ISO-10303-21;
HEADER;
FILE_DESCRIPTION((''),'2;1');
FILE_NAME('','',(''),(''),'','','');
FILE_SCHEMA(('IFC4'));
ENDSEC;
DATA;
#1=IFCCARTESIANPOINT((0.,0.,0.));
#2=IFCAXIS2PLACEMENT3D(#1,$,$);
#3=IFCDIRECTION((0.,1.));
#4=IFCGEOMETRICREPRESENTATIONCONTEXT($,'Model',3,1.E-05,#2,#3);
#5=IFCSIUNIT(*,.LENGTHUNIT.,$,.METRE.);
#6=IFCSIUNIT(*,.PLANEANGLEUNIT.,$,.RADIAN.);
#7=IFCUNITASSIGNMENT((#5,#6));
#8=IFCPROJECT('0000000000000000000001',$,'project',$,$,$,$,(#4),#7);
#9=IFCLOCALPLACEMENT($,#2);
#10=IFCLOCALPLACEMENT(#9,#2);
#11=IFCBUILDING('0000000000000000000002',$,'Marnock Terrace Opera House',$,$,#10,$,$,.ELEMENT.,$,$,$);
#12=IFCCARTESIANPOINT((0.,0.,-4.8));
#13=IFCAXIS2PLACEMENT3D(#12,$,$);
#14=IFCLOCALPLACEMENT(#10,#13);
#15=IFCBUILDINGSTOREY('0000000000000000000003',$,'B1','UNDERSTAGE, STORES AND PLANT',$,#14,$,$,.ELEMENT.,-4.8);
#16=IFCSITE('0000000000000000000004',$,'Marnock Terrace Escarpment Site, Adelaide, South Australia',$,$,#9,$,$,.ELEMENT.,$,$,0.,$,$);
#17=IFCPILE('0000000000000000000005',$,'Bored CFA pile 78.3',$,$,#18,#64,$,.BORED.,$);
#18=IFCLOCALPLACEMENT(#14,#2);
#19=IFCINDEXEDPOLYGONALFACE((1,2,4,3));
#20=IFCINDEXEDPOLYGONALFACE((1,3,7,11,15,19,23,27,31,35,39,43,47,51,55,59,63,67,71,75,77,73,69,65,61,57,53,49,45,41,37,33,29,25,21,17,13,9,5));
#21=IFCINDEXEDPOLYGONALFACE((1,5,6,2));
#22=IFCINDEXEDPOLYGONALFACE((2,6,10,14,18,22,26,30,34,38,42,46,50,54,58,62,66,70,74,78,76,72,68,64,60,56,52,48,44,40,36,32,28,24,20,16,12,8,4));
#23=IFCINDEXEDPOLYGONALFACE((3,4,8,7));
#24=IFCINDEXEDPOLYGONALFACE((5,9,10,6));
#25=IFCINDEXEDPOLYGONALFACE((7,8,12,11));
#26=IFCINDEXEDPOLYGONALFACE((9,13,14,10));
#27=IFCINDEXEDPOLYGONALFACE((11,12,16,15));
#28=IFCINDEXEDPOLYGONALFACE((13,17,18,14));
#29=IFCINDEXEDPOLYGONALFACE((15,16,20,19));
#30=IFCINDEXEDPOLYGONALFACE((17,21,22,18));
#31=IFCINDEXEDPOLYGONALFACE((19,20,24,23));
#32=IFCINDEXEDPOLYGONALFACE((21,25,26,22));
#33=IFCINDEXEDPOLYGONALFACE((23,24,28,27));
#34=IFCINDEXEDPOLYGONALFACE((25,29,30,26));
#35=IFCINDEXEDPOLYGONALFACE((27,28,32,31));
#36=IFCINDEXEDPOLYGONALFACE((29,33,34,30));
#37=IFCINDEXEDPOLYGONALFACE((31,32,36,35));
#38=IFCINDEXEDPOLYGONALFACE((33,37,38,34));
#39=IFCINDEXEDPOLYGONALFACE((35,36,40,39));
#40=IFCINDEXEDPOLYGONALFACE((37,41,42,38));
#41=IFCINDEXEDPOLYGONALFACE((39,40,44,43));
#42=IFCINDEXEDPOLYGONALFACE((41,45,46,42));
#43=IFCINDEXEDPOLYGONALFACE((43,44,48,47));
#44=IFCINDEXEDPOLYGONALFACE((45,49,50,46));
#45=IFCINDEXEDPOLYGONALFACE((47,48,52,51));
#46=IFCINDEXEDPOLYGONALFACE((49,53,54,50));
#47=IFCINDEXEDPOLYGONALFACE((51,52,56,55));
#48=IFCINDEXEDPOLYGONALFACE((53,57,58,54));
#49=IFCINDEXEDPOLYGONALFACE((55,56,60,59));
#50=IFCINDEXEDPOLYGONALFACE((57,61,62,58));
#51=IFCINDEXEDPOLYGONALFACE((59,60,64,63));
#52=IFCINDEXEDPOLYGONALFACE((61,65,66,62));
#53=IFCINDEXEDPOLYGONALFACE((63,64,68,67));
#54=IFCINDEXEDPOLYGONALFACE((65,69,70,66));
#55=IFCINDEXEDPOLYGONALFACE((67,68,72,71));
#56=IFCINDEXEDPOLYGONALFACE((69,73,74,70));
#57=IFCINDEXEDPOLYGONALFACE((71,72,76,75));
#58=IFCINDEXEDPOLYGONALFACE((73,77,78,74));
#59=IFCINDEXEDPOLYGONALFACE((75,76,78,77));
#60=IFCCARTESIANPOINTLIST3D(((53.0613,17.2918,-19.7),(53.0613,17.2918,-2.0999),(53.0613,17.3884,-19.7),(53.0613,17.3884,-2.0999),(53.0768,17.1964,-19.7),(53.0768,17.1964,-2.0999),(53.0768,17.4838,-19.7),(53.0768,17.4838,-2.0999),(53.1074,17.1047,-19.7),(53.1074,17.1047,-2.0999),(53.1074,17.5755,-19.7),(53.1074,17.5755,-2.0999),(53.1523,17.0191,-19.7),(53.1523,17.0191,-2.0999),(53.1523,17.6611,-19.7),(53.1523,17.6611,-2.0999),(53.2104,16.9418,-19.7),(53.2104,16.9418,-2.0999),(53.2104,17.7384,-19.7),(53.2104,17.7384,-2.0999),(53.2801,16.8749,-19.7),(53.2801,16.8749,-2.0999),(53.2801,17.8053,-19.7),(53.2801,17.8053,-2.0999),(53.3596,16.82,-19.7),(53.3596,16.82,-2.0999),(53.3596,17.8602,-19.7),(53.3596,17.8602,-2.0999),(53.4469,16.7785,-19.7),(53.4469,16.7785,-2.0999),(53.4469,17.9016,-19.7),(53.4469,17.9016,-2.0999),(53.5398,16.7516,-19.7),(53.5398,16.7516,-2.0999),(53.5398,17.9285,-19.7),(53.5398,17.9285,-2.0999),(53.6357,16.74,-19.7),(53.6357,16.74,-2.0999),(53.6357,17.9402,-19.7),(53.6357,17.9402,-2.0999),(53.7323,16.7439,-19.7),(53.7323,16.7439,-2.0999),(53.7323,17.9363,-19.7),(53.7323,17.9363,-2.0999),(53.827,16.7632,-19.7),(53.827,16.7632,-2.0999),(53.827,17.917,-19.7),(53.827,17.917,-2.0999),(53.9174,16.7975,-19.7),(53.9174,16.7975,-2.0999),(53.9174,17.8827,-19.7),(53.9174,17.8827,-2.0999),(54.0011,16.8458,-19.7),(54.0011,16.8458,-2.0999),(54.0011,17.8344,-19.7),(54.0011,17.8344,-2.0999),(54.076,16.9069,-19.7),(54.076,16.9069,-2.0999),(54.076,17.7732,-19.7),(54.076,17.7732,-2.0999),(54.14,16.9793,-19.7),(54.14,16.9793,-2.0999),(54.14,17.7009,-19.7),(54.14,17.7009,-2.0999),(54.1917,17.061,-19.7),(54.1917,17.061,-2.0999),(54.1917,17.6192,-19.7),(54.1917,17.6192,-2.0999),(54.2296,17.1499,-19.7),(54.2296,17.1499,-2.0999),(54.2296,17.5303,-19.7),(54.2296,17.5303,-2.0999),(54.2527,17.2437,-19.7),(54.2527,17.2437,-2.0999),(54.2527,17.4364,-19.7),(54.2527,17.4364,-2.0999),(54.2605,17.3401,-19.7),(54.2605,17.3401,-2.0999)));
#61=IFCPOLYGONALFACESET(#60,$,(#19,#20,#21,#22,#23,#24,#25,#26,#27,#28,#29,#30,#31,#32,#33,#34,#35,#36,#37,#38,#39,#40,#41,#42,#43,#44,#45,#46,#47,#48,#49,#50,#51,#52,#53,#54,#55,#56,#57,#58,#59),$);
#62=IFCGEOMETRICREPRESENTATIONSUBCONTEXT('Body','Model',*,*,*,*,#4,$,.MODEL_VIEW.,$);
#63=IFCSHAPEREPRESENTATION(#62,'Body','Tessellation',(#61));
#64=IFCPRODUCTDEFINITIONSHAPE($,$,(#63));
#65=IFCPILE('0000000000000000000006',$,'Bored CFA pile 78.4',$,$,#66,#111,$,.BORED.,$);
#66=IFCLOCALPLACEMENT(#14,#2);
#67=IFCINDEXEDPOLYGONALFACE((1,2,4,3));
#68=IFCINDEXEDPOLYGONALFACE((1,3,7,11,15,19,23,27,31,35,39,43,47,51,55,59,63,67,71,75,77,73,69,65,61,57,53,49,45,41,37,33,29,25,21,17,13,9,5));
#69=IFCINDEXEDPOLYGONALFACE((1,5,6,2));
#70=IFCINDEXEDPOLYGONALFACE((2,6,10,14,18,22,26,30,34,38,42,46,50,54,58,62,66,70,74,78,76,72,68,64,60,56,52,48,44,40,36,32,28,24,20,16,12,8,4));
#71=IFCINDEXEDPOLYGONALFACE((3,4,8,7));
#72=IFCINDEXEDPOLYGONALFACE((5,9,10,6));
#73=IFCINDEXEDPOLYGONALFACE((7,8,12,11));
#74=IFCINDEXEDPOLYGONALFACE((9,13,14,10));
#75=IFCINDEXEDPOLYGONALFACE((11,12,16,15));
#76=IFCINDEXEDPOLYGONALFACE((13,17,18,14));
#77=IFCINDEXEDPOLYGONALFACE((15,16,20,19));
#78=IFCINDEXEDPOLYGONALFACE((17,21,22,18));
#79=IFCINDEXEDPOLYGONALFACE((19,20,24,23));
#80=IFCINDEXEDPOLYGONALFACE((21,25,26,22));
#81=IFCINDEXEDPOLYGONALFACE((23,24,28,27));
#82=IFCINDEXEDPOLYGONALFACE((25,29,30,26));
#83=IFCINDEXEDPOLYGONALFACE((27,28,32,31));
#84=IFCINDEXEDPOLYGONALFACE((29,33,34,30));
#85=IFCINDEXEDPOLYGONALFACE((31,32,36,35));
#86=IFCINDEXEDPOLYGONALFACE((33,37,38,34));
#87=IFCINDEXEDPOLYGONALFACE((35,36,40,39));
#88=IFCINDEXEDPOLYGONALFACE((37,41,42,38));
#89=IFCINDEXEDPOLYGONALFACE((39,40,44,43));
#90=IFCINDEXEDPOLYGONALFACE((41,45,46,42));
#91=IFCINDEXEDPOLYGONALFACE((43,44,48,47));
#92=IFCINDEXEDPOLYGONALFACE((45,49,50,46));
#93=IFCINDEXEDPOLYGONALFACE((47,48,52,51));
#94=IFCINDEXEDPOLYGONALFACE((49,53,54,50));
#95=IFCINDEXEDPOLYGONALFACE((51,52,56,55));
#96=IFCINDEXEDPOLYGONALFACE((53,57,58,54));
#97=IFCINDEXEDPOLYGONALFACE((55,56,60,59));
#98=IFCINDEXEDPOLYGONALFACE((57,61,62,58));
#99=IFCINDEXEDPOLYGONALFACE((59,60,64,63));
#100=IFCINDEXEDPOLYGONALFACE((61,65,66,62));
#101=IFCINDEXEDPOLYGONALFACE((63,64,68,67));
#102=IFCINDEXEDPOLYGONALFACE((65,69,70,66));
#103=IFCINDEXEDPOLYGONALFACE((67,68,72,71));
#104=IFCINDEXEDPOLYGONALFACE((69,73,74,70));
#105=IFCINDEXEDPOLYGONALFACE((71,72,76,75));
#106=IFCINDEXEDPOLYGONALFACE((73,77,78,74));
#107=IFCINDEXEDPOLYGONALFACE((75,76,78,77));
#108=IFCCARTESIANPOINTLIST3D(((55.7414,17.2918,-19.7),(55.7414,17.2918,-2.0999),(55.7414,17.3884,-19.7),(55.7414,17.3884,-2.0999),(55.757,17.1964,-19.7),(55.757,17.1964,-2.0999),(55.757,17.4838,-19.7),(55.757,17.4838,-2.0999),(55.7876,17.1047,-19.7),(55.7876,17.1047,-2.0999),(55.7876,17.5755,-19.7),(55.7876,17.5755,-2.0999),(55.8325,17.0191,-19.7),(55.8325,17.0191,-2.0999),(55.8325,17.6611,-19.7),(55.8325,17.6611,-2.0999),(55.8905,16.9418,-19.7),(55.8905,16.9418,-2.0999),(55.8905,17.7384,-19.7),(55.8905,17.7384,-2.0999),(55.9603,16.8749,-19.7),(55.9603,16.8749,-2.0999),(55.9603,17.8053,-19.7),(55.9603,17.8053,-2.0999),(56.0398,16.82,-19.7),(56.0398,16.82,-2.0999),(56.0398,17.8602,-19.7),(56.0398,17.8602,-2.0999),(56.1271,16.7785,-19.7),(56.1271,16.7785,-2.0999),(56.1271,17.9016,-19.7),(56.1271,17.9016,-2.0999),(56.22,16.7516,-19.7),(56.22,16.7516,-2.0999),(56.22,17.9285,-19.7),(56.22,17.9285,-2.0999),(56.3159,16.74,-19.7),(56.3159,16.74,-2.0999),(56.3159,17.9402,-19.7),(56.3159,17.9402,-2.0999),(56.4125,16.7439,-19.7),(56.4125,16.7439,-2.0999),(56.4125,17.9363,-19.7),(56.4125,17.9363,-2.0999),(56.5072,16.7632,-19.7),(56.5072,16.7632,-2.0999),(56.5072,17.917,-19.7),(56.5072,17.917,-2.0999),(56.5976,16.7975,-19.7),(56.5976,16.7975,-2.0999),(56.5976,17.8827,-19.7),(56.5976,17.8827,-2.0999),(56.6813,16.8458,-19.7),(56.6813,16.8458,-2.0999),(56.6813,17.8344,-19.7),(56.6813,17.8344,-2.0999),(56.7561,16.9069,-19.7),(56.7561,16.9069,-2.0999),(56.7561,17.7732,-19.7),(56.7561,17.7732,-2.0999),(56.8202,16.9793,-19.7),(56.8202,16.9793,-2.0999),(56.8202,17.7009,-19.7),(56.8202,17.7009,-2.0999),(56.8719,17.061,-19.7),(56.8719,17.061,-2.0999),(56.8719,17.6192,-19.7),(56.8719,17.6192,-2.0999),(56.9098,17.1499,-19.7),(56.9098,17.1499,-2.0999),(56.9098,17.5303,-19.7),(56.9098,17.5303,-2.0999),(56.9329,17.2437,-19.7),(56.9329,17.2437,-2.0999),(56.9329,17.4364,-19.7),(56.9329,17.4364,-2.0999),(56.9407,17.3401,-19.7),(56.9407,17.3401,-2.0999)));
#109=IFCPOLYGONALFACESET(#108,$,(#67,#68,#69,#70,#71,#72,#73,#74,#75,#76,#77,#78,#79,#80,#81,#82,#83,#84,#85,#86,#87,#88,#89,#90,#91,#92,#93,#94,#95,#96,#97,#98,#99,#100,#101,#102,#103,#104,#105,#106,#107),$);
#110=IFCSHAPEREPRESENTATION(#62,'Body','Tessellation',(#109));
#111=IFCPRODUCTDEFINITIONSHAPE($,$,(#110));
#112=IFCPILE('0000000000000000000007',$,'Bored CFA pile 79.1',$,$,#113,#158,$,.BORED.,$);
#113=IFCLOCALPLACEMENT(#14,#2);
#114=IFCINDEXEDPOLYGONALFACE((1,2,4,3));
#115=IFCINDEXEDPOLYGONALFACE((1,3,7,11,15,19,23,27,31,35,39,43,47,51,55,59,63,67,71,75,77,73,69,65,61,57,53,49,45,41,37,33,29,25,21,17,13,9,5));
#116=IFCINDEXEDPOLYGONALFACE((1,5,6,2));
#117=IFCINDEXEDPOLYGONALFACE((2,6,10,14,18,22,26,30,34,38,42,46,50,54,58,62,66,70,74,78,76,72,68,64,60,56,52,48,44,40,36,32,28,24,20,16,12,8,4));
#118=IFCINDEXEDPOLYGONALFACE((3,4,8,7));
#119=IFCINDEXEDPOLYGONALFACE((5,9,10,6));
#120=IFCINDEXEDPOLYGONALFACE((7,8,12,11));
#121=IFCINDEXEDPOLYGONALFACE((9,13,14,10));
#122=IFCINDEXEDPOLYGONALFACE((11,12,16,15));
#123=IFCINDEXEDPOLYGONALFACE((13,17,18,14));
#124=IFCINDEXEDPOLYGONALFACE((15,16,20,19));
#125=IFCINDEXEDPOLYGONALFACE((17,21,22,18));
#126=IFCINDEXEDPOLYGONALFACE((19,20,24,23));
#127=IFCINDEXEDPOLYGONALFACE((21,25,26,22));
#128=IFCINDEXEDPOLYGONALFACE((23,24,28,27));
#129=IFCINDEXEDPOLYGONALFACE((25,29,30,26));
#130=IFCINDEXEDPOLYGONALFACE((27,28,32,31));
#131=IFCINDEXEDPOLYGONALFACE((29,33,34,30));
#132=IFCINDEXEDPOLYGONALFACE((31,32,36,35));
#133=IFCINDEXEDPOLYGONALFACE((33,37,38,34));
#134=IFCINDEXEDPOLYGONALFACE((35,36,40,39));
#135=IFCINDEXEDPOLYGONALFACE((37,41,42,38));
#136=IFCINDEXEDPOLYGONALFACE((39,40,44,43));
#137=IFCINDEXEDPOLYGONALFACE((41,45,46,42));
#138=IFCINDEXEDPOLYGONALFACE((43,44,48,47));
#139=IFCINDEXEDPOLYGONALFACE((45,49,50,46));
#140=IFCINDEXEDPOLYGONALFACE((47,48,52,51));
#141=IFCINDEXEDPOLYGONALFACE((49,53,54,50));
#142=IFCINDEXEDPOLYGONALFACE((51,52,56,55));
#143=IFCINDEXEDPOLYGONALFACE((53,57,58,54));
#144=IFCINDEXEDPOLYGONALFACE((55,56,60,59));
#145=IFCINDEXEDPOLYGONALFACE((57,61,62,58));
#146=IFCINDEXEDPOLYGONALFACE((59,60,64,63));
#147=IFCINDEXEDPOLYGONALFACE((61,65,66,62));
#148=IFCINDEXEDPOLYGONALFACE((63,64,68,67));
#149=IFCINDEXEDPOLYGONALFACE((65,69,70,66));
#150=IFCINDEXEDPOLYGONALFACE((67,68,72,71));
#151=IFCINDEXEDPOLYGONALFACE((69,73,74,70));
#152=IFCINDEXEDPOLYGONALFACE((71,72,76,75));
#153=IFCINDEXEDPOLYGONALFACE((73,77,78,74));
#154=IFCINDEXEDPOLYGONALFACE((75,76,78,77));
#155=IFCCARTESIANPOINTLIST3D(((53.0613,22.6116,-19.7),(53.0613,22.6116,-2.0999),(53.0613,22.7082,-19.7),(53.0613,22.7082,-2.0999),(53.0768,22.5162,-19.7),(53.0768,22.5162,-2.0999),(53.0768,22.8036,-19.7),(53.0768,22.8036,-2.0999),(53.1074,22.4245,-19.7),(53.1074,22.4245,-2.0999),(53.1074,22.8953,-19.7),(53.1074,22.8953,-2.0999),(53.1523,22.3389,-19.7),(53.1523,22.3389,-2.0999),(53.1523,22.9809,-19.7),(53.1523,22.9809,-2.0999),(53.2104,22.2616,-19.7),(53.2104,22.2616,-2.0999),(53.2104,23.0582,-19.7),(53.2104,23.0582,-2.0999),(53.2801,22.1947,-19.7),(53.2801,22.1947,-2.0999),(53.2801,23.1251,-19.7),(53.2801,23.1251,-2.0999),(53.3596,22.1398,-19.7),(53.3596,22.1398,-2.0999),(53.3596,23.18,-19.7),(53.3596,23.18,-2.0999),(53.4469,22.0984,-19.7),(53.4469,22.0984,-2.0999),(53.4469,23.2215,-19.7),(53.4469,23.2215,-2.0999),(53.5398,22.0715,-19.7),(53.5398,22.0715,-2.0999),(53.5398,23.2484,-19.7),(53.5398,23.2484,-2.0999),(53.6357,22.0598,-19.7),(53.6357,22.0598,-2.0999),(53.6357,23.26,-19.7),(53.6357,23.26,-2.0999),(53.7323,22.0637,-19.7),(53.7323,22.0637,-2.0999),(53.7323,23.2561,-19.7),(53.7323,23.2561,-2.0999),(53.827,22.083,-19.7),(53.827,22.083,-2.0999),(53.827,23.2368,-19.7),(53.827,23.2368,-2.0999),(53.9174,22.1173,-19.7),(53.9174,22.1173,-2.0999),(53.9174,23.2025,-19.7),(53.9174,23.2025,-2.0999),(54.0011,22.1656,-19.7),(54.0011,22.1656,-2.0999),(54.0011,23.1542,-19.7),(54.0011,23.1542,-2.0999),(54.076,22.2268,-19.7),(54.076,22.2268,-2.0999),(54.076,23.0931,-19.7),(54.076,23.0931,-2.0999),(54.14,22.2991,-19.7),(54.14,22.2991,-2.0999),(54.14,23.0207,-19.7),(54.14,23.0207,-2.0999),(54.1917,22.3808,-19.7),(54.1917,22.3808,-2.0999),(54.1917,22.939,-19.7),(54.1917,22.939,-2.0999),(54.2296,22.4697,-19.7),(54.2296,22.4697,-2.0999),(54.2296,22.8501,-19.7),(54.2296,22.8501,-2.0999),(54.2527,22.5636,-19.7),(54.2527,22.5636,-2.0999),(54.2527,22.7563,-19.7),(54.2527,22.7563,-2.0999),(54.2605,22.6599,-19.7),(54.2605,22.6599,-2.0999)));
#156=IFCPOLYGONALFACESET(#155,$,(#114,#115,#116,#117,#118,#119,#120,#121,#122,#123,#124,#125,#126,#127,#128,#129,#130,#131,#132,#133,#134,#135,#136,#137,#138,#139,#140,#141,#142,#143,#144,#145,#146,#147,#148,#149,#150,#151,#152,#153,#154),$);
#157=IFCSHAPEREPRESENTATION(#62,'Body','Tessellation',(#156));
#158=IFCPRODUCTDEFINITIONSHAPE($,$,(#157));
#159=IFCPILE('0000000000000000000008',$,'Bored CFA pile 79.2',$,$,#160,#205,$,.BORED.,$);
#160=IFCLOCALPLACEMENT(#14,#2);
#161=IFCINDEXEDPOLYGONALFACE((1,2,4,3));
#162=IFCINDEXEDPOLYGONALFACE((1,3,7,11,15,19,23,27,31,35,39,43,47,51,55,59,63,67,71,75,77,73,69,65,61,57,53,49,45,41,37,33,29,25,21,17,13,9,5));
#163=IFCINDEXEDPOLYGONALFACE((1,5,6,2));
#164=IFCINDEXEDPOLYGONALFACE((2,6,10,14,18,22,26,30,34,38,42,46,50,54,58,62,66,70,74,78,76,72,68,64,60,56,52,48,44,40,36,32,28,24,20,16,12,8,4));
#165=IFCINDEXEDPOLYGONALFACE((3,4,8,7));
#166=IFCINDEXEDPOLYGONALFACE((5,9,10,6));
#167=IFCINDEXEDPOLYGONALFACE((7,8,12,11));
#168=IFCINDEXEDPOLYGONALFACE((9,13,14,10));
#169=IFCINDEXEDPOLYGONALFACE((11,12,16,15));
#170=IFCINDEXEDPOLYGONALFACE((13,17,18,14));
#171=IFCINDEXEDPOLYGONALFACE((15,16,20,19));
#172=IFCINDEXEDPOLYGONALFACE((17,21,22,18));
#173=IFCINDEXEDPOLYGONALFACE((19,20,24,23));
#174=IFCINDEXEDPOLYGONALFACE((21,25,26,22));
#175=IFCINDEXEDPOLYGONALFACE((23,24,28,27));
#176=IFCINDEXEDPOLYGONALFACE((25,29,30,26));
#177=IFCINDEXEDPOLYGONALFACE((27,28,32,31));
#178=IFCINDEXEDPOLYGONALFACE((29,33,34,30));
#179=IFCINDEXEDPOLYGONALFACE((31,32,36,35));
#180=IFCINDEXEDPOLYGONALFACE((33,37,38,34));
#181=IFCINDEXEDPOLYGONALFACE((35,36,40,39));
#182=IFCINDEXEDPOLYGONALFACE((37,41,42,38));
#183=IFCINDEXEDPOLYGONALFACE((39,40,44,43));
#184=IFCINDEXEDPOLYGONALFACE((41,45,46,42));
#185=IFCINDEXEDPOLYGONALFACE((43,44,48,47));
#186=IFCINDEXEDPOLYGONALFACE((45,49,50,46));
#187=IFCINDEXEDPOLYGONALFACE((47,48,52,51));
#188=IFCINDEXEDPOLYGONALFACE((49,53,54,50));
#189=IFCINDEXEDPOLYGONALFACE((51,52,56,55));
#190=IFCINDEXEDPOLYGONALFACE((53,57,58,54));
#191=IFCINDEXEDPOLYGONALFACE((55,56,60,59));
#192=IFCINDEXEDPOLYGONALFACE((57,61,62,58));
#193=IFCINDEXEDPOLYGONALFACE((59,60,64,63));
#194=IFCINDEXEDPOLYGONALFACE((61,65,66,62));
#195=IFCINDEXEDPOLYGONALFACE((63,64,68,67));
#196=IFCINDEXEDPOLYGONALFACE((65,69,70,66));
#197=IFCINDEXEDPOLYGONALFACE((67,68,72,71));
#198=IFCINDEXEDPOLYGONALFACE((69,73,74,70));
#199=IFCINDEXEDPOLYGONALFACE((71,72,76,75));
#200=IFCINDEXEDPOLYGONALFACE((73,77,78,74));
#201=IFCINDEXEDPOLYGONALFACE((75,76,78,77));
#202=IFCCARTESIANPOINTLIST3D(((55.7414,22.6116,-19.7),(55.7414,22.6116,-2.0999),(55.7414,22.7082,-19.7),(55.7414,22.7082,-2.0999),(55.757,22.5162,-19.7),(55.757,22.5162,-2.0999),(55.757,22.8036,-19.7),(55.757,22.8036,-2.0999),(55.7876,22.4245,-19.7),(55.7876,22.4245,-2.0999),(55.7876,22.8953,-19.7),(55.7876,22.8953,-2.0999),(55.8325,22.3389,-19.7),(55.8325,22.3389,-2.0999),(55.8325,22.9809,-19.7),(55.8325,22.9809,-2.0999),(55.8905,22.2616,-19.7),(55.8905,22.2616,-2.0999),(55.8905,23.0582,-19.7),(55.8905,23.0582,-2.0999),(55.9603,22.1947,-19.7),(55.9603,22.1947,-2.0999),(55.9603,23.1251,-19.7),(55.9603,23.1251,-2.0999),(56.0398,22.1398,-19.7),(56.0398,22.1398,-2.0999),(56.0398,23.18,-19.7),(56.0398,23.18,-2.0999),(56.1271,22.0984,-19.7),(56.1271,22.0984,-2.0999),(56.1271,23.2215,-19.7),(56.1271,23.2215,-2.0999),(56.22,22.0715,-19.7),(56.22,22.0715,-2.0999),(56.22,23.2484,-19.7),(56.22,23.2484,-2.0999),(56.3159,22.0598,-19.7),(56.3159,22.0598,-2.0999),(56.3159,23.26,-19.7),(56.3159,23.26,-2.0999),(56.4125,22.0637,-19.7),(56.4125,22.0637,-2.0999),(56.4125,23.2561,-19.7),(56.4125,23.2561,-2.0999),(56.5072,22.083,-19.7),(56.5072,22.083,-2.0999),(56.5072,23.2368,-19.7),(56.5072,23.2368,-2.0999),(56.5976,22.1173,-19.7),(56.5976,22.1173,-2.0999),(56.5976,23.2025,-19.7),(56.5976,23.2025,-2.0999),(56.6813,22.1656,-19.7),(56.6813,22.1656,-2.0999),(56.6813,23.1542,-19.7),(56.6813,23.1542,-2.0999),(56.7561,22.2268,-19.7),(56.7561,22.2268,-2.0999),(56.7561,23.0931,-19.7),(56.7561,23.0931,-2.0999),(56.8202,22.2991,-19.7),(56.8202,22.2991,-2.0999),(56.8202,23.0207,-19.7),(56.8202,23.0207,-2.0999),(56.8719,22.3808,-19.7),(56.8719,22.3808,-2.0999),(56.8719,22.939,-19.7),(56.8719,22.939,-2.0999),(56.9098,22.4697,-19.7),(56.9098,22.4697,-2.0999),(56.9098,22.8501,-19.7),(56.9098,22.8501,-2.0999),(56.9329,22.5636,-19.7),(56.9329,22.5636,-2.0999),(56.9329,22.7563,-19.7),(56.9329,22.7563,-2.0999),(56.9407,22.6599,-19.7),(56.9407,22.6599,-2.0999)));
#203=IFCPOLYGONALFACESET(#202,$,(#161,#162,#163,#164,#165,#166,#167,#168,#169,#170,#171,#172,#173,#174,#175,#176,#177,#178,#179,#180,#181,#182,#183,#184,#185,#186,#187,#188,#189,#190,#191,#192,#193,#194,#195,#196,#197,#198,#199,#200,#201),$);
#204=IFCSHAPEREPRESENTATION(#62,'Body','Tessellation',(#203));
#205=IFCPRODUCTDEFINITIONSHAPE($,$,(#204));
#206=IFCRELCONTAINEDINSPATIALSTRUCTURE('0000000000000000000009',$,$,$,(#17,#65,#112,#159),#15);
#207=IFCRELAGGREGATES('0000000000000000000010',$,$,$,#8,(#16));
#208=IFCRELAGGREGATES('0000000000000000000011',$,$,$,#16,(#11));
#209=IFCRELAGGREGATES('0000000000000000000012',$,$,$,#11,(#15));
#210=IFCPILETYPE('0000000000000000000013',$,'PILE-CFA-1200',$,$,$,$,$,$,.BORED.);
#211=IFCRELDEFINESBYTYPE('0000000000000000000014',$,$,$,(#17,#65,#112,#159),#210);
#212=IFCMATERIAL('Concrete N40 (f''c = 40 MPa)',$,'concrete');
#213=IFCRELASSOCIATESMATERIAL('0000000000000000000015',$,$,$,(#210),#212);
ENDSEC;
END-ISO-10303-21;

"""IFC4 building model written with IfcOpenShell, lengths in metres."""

from ifc_helpers import new_model, si_unit, direction, frame, origin, origin_2d, place, context, subcontext, project, spatial, circle, extrude, material, material_profile, profile_set, type_object, element, save


model = new_model("IFC4")

# Units and contexts
model_context = context("Model", 3, precision=1e-05, world=origin(), true_north=direction((0.0, 1.0)))
body_context = subcontext(model_context, "Body", "Model", "MODEL_VIEW")
ifc_project = project(units=[si_unit("LENGTHUNIT", "METRE"), si_unit("PLANEANGLEUNIT", "RADIAN")], contexts=[model_context])

# Site, building, storey
site_placement = place(None, origin())
site = spatial("IfcSite", under=ifc_project, at=site_placement, Name="Marnock Terrace Escarpment Site, Adelaide, South Australia", CompositionType="ELEMENT", RefElevation=0.0)
building_placement = place(site_placement, origin())
building = spatial("IfcBuilding", under=site, at=building_placement, Name="Marnock Terrace Opera House", CompositionType="ELEMENT")
storey_placement = place(building_placement, frame((0.0, 0.0, -4.8)))
storey = spatial("IfcBuildingStorey", under=building, at=storey_placement, Name="B1", Description="UNDERSTAGE, STORES AND PLANT", CompositionType="ELEMENT", Elevation=-4.8)

# Shared definitions
ifc_material_1 = material(Name="Concrete N40 (f'c = 40 MPa)", Category="concrete")

# Piles
ifc_material_profile_1 = material_profile(ifc_material_1, circle(Radius=0.6006, at=origin_2d()))
ifc_profile_set_1 = profile_set([ifc_material_profile_1], Name="Concrete N40 (f'c = 40 MPa)")
pile_type_1 = type_object("IfcPileType", Name="PILE-CFA-1200", PredefinedType="BORED", material=ifc_profile_set_1)
for number, where, z_axis, x_axis, name in (
    (1, (53.6599, 17.3401, -2.0999), (0.0, 0.0, -1.0), (1.0, 0.0, 0.0), "Bored CFA pile 78.3"),
    (2, (56.3401, 17.3401, -2.0999), (0.0, 0.0, -1.0), (1.0, 0.0, 0.0), "Bored CFA pile 78.4"),
    (3, (53.6599, 22.6599, -2.0999), (0.0, 0.0, -1.0), (1.0, 0.0, 0.0), "Bored CFA pile 79.1"),
    (4, (56.3401, 22.6599, -2.0999), (0.0, 0.0, -1.0), (1.0, 0.0, 0.0), "Bored CFA pile 79.2"),
):
    element("IfcPile", number, at=place(storey_placement, frame(where, z_axis=z_axis, x_axis=x_axis)), inside=storey, type_object=pile_type_1, Name=name, PredefinedType="BORED", context=body_context, shape_type="SweptSolid", body=[
        extrude(circle(Radius=0.6006, at=origin_2d()), origin(), (0.0, 0.0, 1.0), 17.6001),
    ])

save(model, "model.ifc")
